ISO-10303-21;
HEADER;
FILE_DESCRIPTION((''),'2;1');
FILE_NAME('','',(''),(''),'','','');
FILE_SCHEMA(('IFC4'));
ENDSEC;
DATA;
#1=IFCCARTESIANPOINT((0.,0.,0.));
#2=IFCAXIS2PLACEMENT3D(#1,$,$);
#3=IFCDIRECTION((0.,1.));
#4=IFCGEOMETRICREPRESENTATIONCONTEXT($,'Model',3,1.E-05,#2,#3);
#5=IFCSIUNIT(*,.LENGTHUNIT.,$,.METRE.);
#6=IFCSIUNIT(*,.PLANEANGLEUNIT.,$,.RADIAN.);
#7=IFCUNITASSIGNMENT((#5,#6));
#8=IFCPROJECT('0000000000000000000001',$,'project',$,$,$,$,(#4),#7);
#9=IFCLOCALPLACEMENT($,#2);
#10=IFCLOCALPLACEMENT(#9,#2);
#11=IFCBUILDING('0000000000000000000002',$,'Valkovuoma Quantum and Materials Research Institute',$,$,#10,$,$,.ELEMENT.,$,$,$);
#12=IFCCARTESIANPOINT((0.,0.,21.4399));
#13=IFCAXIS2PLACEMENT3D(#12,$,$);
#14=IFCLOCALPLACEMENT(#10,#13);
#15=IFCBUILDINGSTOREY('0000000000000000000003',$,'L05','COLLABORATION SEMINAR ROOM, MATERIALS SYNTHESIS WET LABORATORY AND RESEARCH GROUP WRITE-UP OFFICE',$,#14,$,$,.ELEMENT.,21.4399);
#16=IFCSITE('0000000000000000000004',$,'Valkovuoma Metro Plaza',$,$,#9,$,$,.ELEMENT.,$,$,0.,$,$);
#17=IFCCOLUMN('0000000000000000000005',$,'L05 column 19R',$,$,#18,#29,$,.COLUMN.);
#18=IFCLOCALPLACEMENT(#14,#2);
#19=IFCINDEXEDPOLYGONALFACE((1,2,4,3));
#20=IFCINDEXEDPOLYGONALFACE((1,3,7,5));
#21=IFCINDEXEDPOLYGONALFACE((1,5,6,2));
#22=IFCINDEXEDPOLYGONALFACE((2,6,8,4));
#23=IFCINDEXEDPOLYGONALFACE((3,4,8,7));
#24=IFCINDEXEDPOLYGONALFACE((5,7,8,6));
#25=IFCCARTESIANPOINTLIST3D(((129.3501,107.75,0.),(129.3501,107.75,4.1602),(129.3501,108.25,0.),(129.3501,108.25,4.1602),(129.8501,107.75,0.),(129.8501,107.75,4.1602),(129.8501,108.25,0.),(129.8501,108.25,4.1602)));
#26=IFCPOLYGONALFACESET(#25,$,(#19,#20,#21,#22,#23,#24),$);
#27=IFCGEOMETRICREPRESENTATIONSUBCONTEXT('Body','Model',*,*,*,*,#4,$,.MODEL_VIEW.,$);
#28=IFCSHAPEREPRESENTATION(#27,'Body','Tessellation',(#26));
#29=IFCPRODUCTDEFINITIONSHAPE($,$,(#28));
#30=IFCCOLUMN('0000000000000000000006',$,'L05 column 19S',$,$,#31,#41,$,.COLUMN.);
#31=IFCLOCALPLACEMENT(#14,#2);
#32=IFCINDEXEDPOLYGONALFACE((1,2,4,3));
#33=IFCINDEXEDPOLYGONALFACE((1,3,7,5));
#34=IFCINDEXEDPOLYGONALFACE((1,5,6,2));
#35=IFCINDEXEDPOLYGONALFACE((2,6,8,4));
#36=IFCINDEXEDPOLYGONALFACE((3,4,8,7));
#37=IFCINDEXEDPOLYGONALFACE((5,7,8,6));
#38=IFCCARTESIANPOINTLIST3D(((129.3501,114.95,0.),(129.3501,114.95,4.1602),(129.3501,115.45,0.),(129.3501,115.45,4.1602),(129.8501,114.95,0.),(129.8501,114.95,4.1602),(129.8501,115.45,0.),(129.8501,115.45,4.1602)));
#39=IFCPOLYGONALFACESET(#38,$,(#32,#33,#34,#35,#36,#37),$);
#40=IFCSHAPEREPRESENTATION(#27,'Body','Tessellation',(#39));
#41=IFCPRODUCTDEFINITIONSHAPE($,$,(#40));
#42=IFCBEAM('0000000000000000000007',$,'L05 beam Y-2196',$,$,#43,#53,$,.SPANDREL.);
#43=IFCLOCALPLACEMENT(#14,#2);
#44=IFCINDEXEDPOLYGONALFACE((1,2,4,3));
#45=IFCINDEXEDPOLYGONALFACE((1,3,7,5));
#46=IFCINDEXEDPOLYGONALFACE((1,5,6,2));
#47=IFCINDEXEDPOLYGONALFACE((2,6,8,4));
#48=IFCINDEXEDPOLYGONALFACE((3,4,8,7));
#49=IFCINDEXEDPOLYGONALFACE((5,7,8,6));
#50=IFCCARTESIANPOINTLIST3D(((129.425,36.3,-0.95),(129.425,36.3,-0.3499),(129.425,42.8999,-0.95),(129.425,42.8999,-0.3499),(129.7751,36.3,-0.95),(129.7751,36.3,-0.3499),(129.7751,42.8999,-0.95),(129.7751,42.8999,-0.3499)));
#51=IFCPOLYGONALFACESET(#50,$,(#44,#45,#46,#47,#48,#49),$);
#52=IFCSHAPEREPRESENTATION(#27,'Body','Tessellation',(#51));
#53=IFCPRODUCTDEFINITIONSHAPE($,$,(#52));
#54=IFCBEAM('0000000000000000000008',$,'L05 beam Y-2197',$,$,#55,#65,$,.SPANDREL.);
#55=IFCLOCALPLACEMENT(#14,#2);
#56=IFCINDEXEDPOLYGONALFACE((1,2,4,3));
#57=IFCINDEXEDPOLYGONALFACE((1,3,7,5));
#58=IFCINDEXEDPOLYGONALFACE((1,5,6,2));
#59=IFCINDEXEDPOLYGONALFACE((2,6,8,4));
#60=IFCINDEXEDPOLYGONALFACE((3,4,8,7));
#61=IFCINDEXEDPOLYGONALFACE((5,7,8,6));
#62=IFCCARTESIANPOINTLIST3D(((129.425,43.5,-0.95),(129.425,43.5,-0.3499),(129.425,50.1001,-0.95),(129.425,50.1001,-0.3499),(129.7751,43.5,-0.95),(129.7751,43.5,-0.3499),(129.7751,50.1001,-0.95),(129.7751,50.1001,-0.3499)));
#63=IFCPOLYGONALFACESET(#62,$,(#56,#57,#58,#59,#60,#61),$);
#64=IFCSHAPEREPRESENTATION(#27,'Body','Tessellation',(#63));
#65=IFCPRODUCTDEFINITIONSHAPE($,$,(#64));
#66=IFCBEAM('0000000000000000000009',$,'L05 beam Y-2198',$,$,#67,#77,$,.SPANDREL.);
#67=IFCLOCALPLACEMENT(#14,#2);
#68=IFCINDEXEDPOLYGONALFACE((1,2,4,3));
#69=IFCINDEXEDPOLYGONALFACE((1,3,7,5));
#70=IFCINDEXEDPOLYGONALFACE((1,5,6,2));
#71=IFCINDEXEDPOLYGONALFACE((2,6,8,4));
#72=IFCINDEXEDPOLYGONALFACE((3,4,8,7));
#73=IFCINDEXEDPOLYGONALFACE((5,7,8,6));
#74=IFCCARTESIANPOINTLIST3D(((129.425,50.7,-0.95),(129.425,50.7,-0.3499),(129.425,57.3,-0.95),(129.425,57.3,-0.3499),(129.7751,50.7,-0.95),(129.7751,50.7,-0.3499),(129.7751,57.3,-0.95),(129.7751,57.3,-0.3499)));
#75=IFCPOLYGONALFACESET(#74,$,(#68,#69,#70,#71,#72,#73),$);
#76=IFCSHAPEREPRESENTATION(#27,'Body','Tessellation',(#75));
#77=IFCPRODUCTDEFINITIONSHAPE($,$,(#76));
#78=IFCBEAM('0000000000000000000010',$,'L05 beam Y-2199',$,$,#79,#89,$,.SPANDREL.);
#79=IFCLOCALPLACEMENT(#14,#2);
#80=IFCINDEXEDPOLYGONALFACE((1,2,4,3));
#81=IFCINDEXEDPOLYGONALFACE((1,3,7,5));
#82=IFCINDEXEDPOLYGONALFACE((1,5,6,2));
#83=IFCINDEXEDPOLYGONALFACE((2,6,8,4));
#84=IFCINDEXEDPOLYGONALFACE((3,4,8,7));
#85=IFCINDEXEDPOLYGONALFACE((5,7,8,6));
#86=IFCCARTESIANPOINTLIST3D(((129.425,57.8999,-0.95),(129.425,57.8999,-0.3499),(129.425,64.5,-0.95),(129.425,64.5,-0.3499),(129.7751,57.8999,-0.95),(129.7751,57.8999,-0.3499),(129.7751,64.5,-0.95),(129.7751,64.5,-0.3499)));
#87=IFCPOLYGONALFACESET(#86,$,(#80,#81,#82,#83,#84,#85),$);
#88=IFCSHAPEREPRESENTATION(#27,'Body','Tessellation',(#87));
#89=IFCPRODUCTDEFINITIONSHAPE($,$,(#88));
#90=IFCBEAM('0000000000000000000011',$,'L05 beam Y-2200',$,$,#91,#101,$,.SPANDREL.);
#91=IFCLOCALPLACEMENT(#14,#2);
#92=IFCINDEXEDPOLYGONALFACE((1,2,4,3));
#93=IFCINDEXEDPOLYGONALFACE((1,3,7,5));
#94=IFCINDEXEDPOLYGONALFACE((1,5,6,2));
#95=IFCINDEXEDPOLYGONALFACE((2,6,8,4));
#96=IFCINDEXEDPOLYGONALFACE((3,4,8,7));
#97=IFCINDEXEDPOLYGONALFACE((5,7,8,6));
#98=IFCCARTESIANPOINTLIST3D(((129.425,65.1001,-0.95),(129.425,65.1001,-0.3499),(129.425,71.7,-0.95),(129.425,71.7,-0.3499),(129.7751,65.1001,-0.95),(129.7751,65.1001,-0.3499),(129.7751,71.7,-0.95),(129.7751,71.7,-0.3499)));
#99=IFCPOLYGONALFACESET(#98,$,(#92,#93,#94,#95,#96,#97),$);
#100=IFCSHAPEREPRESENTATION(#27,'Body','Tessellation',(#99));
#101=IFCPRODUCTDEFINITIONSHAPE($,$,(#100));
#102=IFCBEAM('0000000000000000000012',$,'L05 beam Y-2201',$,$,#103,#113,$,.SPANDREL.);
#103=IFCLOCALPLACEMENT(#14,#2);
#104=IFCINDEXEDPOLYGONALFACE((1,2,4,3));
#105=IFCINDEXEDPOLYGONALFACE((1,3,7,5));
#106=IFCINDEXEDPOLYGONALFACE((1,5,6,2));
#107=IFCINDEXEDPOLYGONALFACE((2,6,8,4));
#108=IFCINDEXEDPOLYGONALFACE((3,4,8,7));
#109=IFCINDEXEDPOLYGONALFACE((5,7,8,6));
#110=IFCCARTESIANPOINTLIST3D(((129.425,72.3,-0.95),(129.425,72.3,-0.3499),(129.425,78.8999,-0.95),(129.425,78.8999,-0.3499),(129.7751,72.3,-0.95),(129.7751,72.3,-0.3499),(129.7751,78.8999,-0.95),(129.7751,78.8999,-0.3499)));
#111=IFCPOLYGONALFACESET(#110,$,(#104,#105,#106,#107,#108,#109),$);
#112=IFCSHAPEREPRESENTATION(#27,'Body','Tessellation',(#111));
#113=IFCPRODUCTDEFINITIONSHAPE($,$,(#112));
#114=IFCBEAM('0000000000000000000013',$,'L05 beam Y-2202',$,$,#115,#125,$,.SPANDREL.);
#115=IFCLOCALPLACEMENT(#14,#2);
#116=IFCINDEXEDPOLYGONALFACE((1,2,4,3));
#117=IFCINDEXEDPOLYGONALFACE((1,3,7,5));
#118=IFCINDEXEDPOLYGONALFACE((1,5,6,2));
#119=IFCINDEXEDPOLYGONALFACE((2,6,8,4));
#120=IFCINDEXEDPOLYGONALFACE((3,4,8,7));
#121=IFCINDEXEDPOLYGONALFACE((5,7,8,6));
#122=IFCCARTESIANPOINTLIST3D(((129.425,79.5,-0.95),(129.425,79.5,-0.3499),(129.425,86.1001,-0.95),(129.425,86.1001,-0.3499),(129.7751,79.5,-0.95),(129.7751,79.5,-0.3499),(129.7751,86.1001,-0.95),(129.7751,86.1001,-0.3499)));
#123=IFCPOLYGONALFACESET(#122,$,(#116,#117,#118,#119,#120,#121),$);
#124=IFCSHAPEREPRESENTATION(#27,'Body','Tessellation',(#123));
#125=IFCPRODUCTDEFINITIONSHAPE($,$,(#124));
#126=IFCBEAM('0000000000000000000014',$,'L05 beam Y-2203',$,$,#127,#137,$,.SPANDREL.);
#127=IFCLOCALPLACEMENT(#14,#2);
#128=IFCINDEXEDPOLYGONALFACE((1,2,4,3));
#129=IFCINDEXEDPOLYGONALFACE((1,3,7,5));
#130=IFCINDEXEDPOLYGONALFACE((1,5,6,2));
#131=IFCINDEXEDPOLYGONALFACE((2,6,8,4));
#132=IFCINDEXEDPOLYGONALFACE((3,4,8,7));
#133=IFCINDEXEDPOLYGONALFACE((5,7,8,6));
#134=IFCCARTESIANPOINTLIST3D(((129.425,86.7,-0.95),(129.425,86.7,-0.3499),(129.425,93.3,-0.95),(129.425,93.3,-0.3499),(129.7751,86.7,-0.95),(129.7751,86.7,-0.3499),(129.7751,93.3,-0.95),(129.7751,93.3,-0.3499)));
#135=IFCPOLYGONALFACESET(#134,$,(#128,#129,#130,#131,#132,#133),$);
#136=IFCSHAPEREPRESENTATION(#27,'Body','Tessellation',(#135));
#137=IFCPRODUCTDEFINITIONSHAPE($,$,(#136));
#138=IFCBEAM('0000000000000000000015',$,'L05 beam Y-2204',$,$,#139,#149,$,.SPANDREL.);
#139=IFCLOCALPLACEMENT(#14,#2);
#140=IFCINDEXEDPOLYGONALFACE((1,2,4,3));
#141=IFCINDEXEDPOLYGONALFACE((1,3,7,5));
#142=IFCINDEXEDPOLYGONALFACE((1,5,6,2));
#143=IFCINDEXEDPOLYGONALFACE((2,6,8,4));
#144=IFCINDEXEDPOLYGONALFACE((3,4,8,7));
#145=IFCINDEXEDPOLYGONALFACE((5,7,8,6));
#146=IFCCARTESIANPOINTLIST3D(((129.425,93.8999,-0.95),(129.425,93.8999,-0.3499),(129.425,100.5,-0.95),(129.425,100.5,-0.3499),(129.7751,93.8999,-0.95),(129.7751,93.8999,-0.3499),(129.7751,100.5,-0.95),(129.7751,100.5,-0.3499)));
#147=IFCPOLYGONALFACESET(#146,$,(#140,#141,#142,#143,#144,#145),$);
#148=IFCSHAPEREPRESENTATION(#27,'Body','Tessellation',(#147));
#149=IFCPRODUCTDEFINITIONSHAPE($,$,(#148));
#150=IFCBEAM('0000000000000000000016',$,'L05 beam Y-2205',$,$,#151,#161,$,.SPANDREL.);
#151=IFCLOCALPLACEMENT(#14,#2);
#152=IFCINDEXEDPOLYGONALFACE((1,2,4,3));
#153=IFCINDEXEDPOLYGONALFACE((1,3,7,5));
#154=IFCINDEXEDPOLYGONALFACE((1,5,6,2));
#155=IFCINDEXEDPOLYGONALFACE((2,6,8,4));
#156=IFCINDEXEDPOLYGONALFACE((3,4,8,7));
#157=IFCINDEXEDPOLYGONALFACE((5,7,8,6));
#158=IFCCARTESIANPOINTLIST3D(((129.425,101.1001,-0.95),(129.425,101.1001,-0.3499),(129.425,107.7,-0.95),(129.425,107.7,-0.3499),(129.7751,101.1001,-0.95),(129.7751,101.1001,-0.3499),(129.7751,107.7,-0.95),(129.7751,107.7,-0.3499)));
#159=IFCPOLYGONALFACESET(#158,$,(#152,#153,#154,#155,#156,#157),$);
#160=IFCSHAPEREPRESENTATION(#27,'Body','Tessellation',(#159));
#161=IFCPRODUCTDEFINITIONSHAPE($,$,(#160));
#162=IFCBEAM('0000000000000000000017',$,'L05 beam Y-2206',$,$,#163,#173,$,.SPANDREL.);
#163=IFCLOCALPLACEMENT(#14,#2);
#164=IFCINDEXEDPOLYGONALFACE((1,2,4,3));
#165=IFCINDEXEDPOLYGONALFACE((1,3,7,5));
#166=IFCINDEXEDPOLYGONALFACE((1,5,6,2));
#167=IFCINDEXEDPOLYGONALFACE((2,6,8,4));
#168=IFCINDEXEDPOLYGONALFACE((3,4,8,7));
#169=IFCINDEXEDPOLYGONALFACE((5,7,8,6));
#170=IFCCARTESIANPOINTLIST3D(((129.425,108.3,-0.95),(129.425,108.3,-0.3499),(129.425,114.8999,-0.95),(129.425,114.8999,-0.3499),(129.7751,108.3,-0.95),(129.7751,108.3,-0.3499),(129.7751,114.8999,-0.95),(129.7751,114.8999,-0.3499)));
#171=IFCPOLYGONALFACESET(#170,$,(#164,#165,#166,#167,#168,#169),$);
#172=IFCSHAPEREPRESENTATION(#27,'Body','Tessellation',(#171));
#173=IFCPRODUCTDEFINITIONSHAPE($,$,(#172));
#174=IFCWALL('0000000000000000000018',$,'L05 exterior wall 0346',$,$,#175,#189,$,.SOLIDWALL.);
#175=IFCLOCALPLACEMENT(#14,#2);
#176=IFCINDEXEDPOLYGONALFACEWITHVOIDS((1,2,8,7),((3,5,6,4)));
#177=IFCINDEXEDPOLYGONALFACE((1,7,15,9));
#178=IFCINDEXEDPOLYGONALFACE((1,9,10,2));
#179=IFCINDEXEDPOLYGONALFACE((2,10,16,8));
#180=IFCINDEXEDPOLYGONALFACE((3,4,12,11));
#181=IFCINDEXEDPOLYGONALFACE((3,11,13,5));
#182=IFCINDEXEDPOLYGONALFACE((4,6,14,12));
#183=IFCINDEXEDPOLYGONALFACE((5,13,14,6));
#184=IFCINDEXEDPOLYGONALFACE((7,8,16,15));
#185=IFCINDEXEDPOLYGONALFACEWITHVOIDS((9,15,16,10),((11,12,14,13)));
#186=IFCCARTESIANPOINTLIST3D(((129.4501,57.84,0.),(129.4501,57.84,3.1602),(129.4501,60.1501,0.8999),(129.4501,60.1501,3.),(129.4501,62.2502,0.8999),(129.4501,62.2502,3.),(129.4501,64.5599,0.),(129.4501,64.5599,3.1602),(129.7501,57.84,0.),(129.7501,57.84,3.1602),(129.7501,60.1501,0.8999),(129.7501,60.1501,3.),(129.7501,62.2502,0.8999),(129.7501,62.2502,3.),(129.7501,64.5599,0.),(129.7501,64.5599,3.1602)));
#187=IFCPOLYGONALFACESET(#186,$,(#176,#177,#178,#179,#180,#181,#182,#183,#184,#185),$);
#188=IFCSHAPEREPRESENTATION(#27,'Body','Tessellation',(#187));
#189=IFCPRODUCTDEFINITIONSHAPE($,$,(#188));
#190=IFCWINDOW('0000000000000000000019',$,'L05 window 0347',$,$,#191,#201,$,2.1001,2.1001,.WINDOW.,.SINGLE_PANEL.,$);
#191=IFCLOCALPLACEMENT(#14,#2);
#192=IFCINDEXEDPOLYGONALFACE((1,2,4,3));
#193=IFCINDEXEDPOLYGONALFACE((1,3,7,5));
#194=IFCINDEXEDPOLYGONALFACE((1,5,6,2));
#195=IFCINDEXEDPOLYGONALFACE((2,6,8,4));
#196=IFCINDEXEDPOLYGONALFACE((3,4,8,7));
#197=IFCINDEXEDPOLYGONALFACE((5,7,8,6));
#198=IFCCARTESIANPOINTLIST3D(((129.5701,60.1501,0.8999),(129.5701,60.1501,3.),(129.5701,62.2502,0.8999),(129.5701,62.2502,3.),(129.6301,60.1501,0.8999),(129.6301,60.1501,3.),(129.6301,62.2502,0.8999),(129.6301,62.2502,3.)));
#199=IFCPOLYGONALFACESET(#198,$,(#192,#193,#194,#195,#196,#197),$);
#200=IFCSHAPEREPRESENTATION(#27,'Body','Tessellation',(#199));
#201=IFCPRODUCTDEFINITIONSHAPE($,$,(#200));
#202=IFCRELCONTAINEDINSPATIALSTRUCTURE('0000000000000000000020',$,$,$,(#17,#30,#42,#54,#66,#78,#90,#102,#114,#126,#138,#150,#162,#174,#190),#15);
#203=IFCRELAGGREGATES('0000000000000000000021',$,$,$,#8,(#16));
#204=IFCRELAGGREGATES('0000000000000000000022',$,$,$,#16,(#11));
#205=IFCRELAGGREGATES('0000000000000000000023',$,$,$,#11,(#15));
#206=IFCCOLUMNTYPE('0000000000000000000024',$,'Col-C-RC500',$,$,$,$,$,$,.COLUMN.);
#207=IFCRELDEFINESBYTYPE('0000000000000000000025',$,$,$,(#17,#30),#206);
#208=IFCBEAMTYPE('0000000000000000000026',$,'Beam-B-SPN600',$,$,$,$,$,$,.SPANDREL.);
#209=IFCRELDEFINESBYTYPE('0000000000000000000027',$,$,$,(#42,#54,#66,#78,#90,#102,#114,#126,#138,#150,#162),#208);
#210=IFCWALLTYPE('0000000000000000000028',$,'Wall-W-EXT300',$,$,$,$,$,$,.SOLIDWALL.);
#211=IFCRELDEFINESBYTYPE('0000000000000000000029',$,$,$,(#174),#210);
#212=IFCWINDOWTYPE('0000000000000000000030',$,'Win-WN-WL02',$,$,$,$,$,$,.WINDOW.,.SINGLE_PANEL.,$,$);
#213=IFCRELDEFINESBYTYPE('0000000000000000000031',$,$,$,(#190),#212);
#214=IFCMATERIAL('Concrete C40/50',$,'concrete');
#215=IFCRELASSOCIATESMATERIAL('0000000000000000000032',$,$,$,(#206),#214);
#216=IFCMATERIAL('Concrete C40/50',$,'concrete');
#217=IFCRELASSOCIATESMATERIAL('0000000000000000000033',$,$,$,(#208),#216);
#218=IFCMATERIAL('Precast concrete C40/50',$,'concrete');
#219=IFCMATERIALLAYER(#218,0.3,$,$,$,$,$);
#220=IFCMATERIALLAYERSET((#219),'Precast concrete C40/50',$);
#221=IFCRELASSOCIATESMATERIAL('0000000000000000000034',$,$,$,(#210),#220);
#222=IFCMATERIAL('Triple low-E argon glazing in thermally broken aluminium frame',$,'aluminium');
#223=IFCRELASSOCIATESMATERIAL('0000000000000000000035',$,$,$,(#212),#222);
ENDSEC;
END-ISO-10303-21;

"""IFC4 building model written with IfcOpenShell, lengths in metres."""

from ifc_helpers import new_model, si_unit, direction, frame, frame_2d, origin, origin_2d, place, context, subcontext, project, spatial, rectangle, extrude, material, layer, layer_set, material_profile, profile_set, type_object, element, fill, save


model = new_model("IFC4")

# Units and contexts
model_context = context("Model", 3, precision=1e-05, world=origin(), true_north=direction((0.0, 1.0)))
body_context = subcontext(model_context, "Body", "Model", "MODEL_VIEW")
ifc_project = project(units=[si_unit("LENGTHUNIT", "METRE"), si_unit("PLANEANGLEUNIT", "RADIAN")], contexts=[model_context])

# Site, building, storey
site_placement = place(None, origin())
site = spatial("IfcSite", under=ifc_project, at=site_placement, Name="Valkovuoma Metro Plaza", CompositionType="ELEMENT", RefElevation=0.0)
building_placement = place(site_placement, origin())
building = spatial("IfcBuilding", under=site, at=building_placement, Name="Valkovuoma Quantum and Materials Research Institute", CompositionType="ELEMENT")
storey_placement = place(building_placement, frame((0.0, 0.0, 21.4399)))
storey = spatial("IfcBuildingStorey", under=building, at=storey_placement, Name="L05", Description="COLLABORATION SEMINAR ROOM, MATERIALS SYNTHESIS WET LABORATORY AND RESEARCH GROUP WRITE-UP OFFICE", CompositionType="ELEMENT", Elevation=21.4399)

# Columns
ifc_material_1 = material(Name="Concrete C40/50", Category="concrete")
ifc_material_profile_1 = material_profile(ifc_material_1, rectangle(XDim=0.5, YDim=0.5, at=origin_2d()), Name="Concrete C40/50")
ifc_profile_set_1 = profile_set([ifc_material_profile_1], Name="Concrete C40/50")
column_type = type_object("IfcColumnType", Name="Col-C-RC500", PredefinedType="COLUMN", material=ifc_profile_set_1)
for number, where, z_axis, x_axis, name in (
    (1, (129.6001, 108.0, 0.0), (0.0, 0.0, 1.0), (1.0, 0.0, 0.0), "L05 column 19R"),
    (2, (129.6001, 115.2, 0.0), (0.0, 0.0, 1.0), (1.0, 0.0, 0.0), "L05 column 19S"),
):
    element("IfcColumn", number, at=place(storey_placement, frame(where, z_axis=z_axis, x_axis=x_axis)), inside=storey, type_object=column_type, Name=name, PredefinedType="COLUMN", context=body_context, shape_type="SweptSolid", body=[
        extrude(rectangle(XDim=0.5, YDim=0.5, at=origin_2d()), origin(), (0.0, 0.0, 1.0), 4.1602),
    ])

# Beams
ifc_material_2 = material(Name="Concrete C40/50", Category="concrete")
ifc_material_profile_2 = material_profile(ifc_material_2, rectangle(XDim=0.3501, YDim=0.6001, at=origin_2d()), Name="Concrete C40/50")
ifc_profile_set_2 = profile_set([ifc_material_profile_2], Name="Concrete C40/50")
beam_type = type_object("IfcBeamType", Name="Beam-B-SPN600", PredefinedType="SPANDREL", material=ifc_profile_set_2)
beam_placement = place(storey_placement, frame((129.6001, 36.3, -0.6499), z_axis=(0.0, 1.0, 0.0), x_axis=(-1.0, 0.0, 0.0)))
element("IfcBeam", 3, at=beam_placement, inside=storey, type_object=beam_type, Name="L05 beam Y-2196", PredefinedType="SPANDREL", context=body_context, shape_type="SweptSolid", body=[
    extrude(rectangle(XDim=0.3501, YDim=0.6001, at=origin_2d()), origin(), (0.0, 0.0, 1.0), 6.5999),
])
for number, where, z_axis, x_axis, name in (
    (4, (129.6001, 43.5, -0.6499), (0.0, 1.0, 0.0), (-1.0, 0.0, 0.0), "L05 beam Y-2197"),
    (5, (129.6001, 50.7, -0.6499), (0.0, 1.0, 0.0), (-1.0, 0.0, 0.0), "L05 beam Y-2198"),
    (6, (129.6001, 57.8999, -0.6499), (0.0, 1.0, 0.0), (-1.0, 0.0, 0.0), "L05 beam Y-2199"),
):
    element("IfcBeam", number, at=place(storey_placement, frame(where, z_axis=z_axis, x_axis=x_axis)), inside=storey, type_object=beam_type, Name=name, PredefinedType="SPANDREL", context=body_context, shape_type="SweptSolid", body=[
        extrude(rectangle(XDim=0.3501, YDim=0.6001, at=origin_2d()), origin(), (0.0, 0.0, 1.0), 6.6001),
    ])
for number, where, z_axis, x_axis, name in (
    (7, (129.6001, 65.1001, -0.6499), (0.0, 1.0, 0.0), (-1.0, 0.0, 0.0), "L05 beam Y-2200"),
    (8, (129.6001, 72.3, -0.6499), (0.0, 1.0, 0.0), (-1.0, 0.0, 0.0), "L05 beam Y-2201"),
):
    element("IfcBeam", number, at=place(storey_placement, frame(where, z_axis=z_axis, x_axis=x_axis)), inside=storey, type_object=beam_type, Name=name, PredefinedType="SPANDREL", context=body_context, shape_type="SweptSolid", body=[
        extrude(rectangle(XDim=0.3501, YDim=0.6001, at=origin_2d()), origin(), (0.0, 0.0, 1.0), 6.5999),
    ])
for number, where, z_axis, x_axis, name in (
    (9, (129.6001, 79.5, -0.6499), (0.0, 1.0, 0.0), (-1.0, 0.0, 0.0), "L05 beam Y-2202"),
    (10, (129.6001, 86.7, -0.6499), (0.0, 1.0, 0.0), (-1.0, 0.0, 0.0), "L05 beam Y-2203"),
    (11, (129.6001, 93.8999, -0.6499), (0.0, 1.0, 0.0), (-1.0, 0.0, 0.0), "L05 beam Y-2204"),
):
    element("IfcBeam", number, at=place(storey_placement, frame(where, z_axis=z_axis, x_axis=x_axis)), inside=storey, type_object=beam_type, Name=name, PredefinedType="SPANDREL", context=body_context, shape_type="SweptSolid", body=[
        extrude(rectangle(XDim=0.3501, YDim=0.6001, at=origin_2d()), origin(), (0.0, 0.0, 1.0), 6.6001),
    ])
for number, where, z_axis, x_axis, name in (
    (12, (129.6001, 101.1001, -0.6499), (0.0, 1.0, 0.0), (-1.0, 0.0, 0.0), "L05 beam Y-2205"),
    (13, (129.6001, 108.3, -0.6499), (0.0, 1.0, 0.0), (-1.0, 0.0, 0.0), "L05 beam Y-2206"),
):
    element("IfcBeam", number, at=place(storey_placement, frame(where, z_axis=z_axis, x_axis=x_axis)), inside=storey, type_object=beam_type, Name=name, PredefinedType="SPANDREL", context=body_context, shape_type="SweptSolid", body=[
        extrude(rectangle(XDim=0.3501, YDim=0.6001, at=origin_2d()), origin(), (0.0, 0.0, 1.0), 6.5999),
    ])

# Wall, opening, window
ifc_material_3 = material(Name="Precast concrete C40/50", Category="concrete")
ifc_layer = layer(ifc_material_3, 0.3)
ifc_layer_set = layer_set([ifc_layer], Name="Precast concrete C40/50")
wall_type = type_object("IfcWallType", Name="Wall-W-EXT300", PredefinedType="SOLIDWALL", material=ifc_layer_set)
wall_1_placement = place(storey_placement, frame((129.6001, 57.8401, 0.0), z_axis=(0.0, 0.0, 1.0), x_axis=(0.0, 1.0, 0.0)))
wall_1 = element("IfcWall", 14, at=wall_1_placement, inside=storey, type_object=wall_type, Name="L05 exterior wall 0346", PredefinedType="SOLIDWALL", context=body_context, shape_type="SweptSolid", body=[
    extrude(rectangle(XDim=6.72, YDim=0.3, at=frame_2d((3.3599, 0.0))), origin(), (0.0, 0.0, 1.0), 3.1602),
])
opening_1_placement = place(wall_1_placement, frame((2.3101, 0.0, 0.8999)))
opening_1 = element("IfcOpeningElement", 15, at=opening_1_placement, cuts=wall_1, PredefinedType="OPENING", context=body_context, shape_type="SweptSolid", body=[
    extrude(rectangle(XDim=2.1001, YDim=2.1001, at=frame_2d((1.05, 1.05))), frame((0.0, 0.1602, 0.0), z_axis=(0.0, -1.0, 0.0), x_axis=(1.0, 0.0, 0.0)), (0.0, 0.0, 1.0), 0.3201),
])
ifc_material_4 = material(Name="Triple low-E argon glazing in thermally broken aluminium frame", Category="aluminium")
window_type_1 = type_object("IfcWindowType", Name="Win-WN-WL02", PartitioningType="SINGLE_PANEL", PredefinedType="WINDOW", material=ifc_material_4)
window_1_placement = place(opening_1_placement, origin())
window_1 = element("IfcWindow", 16, at=window_1_placement, inside=storey, type_object=window_type_1, Name="L05 window 0347", OverallHeight=2.1001, OverallWidth=2.1001, PartitioningType="SINGLE_PANEL", PredefinedType="WINDOW", context=body_context, shape_type="SweptSolid", body=[
    extrude(rectangle(XDim=2.1001, YDim=2.1001, at=frame_2d((1.05, 1.05))), frame((0.0, 0.03, 0.0), z_axis=(0.0, -1.0, 0.0), x_axis=(1.0, 0.0, 0.0)), (0.0, 0.0, 1.0), 0.0601),
])
fill(opening_1, window_1)

save(model, "model.ifc")
